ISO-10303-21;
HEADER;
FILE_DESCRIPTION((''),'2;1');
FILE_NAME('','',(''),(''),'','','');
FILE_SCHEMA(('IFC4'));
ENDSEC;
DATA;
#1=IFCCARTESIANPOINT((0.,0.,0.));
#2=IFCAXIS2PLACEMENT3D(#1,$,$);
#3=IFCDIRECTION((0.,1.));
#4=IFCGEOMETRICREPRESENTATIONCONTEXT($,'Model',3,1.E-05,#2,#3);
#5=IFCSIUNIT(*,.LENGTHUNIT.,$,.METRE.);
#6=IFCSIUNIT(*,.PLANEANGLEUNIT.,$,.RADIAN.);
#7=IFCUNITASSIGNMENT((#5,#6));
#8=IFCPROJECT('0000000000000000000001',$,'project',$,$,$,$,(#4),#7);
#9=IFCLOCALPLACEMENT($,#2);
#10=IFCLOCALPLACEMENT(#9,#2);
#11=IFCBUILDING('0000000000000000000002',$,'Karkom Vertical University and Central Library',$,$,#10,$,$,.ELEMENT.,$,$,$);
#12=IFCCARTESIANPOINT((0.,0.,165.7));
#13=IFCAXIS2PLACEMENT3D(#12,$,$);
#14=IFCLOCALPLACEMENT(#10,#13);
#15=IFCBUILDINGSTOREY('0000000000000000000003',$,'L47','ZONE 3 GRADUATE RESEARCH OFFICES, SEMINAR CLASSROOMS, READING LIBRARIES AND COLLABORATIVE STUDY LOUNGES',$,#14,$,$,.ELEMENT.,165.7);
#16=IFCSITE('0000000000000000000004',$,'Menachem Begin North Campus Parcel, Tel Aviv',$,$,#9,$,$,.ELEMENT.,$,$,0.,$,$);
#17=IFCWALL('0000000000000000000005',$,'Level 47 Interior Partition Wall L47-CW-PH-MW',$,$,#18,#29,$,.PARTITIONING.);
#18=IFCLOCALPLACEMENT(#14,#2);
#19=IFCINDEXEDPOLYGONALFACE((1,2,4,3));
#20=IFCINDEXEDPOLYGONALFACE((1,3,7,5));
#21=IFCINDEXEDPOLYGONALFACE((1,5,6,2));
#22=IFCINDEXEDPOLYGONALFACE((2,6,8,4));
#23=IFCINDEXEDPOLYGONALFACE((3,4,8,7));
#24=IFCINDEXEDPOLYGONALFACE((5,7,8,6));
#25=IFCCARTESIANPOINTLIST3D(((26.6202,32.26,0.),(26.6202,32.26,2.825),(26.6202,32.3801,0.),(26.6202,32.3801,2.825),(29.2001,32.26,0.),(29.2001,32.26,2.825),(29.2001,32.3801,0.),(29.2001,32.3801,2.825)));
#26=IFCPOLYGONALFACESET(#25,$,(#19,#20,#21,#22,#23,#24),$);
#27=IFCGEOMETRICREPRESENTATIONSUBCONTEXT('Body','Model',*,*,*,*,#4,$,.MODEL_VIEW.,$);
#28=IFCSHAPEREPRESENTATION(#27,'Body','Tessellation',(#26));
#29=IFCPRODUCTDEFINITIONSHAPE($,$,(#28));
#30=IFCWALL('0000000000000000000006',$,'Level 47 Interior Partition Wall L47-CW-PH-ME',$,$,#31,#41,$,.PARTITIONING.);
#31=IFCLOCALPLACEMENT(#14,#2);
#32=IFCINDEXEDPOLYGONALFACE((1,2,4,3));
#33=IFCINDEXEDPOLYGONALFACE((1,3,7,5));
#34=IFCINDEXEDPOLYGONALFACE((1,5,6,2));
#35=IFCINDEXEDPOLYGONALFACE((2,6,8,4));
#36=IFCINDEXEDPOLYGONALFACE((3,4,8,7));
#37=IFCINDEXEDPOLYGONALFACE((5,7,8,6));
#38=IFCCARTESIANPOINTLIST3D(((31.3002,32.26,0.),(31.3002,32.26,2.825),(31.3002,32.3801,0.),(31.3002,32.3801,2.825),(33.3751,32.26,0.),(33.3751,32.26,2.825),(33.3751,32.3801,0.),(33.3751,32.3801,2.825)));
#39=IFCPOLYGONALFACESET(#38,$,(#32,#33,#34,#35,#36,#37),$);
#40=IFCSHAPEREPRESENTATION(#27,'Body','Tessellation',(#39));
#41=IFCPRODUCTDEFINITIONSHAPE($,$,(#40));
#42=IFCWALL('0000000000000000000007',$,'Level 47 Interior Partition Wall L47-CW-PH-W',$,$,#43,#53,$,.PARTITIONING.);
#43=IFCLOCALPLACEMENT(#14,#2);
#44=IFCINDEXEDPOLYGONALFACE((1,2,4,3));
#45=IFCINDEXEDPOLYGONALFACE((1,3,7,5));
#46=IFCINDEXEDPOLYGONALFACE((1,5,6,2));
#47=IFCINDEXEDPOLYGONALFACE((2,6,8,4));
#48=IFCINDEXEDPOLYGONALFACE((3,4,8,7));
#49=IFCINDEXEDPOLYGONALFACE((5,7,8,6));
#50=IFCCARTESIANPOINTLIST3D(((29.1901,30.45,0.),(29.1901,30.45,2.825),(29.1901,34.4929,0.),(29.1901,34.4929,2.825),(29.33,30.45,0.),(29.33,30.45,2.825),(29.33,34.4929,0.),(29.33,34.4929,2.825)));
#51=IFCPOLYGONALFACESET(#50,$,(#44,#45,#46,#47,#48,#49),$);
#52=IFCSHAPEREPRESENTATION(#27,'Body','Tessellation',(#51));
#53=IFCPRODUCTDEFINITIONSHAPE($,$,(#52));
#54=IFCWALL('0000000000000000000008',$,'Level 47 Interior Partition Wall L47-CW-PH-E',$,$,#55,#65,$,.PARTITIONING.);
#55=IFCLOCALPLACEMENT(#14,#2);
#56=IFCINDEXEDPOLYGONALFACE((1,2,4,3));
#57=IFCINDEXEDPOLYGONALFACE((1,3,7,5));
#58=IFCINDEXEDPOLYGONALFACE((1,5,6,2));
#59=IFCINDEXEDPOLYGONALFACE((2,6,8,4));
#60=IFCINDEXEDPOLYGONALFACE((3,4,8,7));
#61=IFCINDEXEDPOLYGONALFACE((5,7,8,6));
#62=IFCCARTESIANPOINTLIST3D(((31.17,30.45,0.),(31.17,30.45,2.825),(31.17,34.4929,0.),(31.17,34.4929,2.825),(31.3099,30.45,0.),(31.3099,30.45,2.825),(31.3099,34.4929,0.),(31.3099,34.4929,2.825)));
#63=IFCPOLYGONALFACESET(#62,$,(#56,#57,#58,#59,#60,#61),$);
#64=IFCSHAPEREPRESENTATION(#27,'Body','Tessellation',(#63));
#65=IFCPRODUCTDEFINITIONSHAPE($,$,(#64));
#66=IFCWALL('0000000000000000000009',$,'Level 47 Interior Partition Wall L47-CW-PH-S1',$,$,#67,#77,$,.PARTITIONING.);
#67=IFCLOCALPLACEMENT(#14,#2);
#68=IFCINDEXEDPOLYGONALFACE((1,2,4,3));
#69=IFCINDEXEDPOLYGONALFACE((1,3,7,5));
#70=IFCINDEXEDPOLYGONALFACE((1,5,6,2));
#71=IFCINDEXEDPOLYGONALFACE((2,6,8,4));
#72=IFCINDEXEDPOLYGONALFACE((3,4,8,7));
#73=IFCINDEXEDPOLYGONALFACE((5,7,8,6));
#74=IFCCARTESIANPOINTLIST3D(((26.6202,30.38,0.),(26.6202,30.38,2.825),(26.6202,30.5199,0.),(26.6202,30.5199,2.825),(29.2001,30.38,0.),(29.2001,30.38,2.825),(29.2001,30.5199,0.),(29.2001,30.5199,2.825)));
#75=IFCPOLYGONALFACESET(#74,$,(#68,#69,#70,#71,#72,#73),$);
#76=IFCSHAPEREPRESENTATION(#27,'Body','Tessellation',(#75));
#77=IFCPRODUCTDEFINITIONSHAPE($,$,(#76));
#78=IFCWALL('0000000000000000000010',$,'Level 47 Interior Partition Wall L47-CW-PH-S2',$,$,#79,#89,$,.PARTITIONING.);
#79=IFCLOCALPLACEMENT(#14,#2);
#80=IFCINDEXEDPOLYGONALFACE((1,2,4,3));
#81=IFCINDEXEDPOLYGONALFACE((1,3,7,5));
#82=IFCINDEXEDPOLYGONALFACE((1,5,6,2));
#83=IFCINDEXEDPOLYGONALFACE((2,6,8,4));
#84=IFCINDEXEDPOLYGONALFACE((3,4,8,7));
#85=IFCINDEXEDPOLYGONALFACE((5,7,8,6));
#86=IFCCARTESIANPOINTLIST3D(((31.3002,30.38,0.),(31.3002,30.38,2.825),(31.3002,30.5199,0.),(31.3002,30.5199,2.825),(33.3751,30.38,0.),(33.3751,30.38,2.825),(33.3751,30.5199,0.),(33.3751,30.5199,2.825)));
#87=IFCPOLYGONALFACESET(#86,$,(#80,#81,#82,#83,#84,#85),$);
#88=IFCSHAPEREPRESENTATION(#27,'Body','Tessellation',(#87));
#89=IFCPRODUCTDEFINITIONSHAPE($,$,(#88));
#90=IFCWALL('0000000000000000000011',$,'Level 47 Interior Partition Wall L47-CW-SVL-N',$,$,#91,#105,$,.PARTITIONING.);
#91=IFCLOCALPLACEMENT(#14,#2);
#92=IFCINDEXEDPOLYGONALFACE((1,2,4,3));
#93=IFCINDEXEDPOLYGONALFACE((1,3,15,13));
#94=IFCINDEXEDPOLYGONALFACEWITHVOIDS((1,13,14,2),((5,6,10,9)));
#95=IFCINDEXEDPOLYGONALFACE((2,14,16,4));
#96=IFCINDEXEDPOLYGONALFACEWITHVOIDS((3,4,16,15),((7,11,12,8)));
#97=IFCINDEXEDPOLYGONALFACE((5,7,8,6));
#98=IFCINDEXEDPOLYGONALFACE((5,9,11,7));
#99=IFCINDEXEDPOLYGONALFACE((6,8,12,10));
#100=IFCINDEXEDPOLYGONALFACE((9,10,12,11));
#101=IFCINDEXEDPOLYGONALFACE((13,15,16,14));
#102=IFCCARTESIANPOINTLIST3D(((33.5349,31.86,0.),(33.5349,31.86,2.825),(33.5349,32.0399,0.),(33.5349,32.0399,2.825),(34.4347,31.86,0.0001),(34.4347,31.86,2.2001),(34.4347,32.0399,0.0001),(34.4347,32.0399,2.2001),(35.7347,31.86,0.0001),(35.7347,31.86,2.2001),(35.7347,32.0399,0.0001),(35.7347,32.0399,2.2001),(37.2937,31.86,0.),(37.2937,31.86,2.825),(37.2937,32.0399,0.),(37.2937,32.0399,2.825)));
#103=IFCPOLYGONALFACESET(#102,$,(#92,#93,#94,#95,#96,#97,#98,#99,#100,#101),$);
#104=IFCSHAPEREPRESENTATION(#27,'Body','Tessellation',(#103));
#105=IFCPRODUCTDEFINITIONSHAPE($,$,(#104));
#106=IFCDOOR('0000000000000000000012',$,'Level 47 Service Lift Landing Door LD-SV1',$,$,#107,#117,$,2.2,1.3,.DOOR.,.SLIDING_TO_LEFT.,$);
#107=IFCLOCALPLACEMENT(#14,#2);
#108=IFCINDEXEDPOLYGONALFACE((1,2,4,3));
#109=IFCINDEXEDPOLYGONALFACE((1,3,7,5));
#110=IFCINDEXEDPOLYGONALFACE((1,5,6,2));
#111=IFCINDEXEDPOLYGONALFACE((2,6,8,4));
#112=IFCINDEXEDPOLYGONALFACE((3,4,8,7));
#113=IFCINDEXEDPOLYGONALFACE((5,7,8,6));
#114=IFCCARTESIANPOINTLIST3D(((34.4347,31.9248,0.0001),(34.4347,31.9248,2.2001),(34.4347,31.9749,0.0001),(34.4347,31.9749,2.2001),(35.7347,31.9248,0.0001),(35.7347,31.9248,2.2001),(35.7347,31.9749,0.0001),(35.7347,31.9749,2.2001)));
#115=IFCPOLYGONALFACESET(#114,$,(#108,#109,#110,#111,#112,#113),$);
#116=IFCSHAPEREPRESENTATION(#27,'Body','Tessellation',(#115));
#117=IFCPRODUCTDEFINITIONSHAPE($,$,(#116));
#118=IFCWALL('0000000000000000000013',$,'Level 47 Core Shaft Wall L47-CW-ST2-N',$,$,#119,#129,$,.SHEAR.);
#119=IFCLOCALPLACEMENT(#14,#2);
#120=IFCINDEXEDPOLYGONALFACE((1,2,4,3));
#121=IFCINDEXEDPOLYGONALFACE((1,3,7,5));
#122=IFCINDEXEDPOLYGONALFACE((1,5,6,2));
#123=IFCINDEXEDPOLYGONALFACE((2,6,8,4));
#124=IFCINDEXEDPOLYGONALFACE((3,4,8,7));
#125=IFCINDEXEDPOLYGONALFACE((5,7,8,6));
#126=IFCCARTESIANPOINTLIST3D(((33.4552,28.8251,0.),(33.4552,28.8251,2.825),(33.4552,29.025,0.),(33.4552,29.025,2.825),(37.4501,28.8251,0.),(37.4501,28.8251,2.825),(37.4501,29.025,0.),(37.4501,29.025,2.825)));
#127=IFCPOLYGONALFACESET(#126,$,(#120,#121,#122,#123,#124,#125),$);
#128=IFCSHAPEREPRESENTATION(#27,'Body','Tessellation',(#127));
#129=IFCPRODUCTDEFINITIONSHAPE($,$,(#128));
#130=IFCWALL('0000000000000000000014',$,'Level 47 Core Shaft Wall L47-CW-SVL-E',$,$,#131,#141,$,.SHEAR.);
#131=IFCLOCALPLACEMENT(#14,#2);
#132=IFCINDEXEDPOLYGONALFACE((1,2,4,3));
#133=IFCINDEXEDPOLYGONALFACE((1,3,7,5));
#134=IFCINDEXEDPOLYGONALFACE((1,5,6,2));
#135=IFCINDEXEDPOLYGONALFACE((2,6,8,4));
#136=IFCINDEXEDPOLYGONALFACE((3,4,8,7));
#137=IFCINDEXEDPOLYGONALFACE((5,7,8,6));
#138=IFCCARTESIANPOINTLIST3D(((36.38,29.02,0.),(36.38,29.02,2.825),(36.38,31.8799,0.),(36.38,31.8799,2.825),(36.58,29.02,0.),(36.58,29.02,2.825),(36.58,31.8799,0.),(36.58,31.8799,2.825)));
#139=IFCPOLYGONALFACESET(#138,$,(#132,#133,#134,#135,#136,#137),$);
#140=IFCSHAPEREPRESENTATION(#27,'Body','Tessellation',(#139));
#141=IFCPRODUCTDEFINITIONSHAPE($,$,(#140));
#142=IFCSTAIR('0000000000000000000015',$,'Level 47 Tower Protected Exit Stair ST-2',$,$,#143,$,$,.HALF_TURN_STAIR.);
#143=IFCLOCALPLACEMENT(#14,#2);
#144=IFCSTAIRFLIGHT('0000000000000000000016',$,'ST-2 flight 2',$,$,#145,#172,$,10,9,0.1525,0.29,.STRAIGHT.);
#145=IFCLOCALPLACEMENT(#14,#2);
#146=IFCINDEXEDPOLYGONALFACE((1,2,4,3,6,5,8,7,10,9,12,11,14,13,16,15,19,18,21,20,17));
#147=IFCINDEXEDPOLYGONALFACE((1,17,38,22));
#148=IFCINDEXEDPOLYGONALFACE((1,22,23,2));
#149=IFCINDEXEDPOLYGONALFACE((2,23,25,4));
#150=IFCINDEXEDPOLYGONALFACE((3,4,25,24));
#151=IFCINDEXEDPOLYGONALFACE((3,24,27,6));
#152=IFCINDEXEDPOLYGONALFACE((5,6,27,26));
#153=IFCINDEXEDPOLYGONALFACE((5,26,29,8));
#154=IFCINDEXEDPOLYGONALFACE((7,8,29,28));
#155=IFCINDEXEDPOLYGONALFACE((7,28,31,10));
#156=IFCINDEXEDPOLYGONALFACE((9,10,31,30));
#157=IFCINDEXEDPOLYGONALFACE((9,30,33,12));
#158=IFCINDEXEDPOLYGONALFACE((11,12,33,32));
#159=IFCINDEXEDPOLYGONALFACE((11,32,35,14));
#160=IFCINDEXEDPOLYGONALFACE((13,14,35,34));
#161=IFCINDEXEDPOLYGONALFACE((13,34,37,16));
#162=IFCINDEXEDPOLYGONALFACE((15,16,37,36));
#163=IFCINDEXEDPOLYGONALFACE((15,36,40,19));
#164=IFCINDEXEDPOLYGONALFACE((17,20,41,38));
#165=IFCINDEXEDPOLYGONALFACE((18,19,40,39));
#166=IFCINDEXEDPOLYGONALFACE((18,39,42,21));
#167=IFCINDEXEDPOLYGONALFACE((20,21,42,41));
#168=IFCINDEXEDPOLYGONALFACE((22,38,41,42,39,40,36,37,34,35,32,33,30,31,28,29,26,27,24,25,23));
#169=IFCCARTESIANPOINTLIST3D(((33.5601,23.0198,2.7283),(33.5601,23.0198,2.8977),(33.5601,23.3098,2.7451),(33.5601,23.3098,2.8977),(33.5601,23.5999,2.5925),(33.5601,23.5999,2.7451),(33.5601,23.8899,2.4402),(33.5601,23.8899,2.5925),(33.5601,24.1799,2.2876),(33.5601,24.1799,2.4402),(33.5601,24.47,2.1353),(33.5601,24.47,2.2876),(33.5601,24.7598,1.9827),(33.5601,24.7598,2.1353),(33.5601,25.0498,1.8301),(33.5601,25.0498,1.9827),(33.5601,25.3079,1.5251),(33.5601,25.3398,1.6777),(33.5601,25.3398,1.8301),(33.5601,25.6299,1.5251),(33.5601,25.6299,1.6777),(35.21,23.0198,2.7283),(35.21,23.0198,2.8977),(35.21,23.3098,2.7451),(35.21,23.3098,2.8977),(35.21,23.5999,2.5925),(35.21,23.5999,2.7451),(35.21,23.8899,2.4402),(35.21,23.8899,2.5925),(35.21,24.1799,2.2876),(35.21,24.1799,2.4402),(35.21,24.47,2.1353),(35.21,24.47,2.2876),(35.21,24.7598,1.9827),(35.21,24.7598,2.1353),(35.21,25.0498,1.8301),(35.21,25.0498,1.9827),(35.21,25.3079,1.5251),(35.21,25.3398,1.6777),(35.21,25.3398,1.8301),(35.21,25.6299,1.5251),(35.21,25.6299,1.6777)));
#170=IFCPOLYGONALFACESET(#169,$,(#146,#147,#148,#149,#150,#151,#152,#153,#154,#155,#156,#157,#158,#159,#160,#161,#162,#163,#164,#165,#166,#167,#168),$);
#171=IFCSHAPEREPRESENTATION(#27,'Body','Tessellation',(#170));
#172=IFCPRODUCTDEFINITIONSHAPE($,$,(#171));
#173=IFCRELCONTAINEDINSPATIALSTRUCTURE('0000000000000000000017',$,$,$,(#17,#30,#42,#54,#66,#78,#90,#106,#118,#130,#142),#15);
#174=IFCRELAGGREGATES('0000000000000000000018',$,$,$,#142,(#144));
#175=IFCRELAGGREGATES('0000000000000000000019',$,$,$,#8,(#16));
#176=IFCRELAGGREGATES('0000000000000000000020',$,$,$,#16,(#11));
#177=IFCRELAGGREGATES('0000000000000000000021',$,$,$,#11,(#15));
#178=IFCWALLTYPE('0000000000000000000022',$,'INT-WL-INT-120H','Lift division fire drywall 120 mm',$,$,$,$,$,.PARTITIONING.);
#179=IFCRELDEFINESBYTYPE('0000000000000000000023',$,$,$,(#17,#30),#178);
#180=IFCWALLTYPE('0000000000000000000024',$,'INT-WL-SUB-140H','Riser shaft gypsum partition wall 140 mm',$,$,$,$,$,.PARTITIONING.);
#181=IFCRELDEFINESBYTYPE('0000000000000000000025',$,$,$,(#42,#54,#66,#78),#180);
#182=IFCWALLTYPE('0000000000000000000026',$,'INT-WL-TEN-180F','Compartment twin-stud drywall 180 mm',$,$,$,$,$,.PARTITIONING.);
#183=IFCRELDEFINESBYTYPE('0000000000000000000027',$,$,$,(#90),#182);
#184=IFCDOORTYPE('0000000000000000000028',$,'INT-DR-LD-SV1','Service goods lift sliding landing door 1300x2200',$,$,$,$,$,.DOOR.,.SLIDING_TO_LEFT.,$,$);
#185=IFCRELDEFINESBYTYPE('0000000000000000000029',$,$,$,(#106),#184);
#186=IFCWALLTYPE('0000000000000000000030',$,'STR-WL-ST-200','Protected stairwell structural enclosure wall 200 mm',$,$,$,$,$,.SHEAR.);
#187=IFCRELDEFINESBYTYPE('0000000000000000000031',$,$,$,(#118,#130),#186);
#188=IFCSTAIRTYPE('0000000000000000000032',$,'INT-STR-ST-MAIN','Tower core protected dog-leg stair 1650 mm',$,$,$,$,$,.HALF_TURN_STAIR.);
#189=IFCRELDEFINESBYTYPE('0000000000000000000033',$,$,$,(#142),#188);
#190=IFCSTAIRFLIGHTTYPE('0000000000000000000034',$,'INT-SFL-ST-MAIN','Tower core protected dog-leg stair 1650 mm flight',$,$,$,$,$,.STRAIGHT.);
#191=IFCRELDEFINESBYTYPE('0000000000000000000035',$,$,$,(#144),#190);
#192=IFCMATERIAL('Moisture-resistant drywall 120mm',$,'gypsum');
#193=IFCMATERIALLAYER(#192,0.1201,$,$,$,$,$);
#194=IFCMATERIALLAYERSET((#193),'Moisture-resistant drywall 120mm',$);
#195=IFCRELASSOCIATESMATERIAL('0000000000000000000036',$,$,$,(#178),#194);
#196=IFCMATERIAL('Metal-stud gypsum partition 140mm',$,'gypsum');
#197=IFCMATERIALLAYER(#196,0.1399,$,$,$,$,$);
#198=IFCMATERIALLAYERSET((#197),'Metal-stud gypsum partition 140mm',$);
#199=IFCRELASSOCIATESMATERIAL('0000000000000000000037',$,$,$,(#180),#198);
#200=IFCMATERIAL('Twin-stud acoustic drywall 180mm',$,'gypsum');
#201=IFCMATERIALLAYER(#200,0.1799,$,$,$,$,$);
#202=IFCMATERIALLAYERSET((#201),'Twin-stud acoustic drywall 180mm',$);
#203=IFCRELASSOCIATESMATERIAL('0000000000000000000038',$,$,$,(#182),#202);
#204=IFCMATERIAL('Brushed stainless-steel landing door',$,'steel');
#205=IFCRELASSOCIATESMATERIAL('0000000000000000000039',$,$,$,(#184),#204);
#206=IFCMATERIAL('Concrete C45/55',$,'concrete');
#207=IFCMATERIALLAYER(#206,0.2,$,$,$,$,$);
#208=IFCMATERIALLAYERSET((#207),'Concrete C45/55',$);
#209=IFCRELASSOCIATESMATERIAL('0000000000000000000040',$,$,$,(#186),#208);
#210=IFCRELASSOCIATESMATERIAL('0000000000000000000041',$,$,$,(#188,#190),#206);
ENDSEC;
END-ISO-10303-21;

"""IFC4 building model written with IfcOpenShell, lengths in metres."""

from ifc_helpers import new_model, si_unit, direction, frame, frame_2d, origin, origin_with_axes, place, context, subcontext, project, spatial, polyline, rectangle, outline, extrude, source, transform, mapped, material, layer, layer_set, type_object, element, fill, aggregate, save


model = new_model("IFC4")

# Units and contexts
model_context = context("Model", 3, precision=1e-05, world=origin(), true_north=direction((0.0, 1.0)))
body_context = subcontext(model_context, "Body", "Model", "MODEL_VIEW")
ifc_project = project(units=[si_unit("LENGTHUNIT", "METRE"), si_unit("PLANEANGLEUNIT", "RADIAN")], contexts=[model_context])

# Site, building, storey
site_placement = place(None, origin())
site = spatial("IfcSite", under=ifc_project, at=site_placement, Name="Menachem Begin North Campus Parcel, Tel Aviv", CompositionType="ELEMENT", RefElevation=0.0)
building_placement = place(site_placement, origin())
building = spatial("IfcBuilding", under=site, at=building_placement, Name="Karkom Vertical University and Central Library", CompositionType="ELEMENT")
storey_placement = place(building_placement, frame((0.0, 0.0, 165.7)))
storey = spatial("IfcBuildingStorey", under=building, at=storey_placement, Name="L47", Description="ZONE 3 GRADUATE RESEARCH OFFICES, SEMINAR CLASSROOMS, READING LIBRARIES AND COLLABORATIVE STUDY LOUNGES", CompositionType="ELEMENT", Elevation=165.7)

# Walls
ifc_material_1 = material(Name="Moisture-resistant drywall 120mm", Category="gypsum")
ifc_layer_1 = layer(ifc_material_1, 0.1201)
ifc_layer_set_1 = layer_set([ifc_layer_1], Name="Moisture-resistant drywall 120mm")
wall_type_1 = type_object("IfcWallType", Name="INT-WL-INT-120H", Description="Lift division fire drywall 120 mm", PredefinedType="PARTITIONING", material=ifc_layer_set_1)
wall_1_placement = place(storey_placement, frame((26.6201, 32.3201, 0.0), z_axis=(0.0, 0.0, 1.0), x_axis=(1.0, 0.0, 0.0)))
element("IfcWall", 1, at=wall_1_placement, inside=storey, type_object=wall_type_1, Name="Level 47 Interior Partition Wall L47-CW-PH-MW", PredefinedType="PARTITIONING", context=body_context, shape_type="SweptSolid", body=[
    extrude(rectangle(XDim=2.5798, YDim=0.1201, at=frame_2d((1.29, 0.0))), origin(), (0.0, 0.0, 1.0), 2.825),
])
wall_2_placement = place(storey_placement, frame((31.3, 32.3201, 0.0), z_axis=(0.0, 0.0, 1.0), x_axis=(1.0, 0.0, 0.0)))
element("IfcWall", 2, at=wall_2_placement, inside=storey, type_object=wall_type_1, Name="Level 47 Interior Partition Wall L47-CW-PH-ME", PredefinedType="PARTITIONING", context=body_context, shape_type="SweptSolid", body=[
    extrude(rectangle(XDim=2.075, YDim=0.1201, at=frame_2d((1.0376, 0.0))), origin(), (0.0, 0.0, 1.0), 2.825),
])
ifc_material_2 = material(Name="Metal-stud gypsum partition 140mm", Category="gypsum")
ifc_layer_2 = layer(ifc_material_2, 0.1399)
ifc_layer_set_2 = layer_set([ifc_layer_2], Name="Metal-stud gypsum partition 140mm")
wall_type_2 = type_object("IfcWallType", Name="INT-WL-SUB-140H", Description="Riser shaft gypsum partition wall 140 mm", PredefinedType="PARTITIONING", material=ifc_layer_set_2)
for number, where, z_axis, x_axis, name in (
    (3, (29.26, 30.45, 0.0), (0.0, 0.0, 1.0), (0.0, 1.0, 0.0), "Level 47 Interior Partition Wall L47-CW-PH-W"),
    (4, (31.24, 30.45, 0.0), (0.0, 0.0, 1.0), (0.0, 1.0, 0.0), "Level 47 Interior Partition Wall L47-CW-PH-E"),
):
    element("IfcWall", number, at=place(storey_placement, frame(where, z_axis=z_axis, x_axis=x_axis)), inside=storey, type_object=wall_type_2, Name=name, PredefinedType="PARTITIONING", context=body_context, shape_type="SweptSolid", body=[
        extrude(rectangle(XDim=4.043, YDim=0.1399, at=frame_2d((2.0215, 0.0))), origin(), (0.0, 0.0, 1.0), 2.825),
    ])
wall_3_placement = place(storey_placement, frame((26.6201, 30.45, 0.0), z_axis=(0.0, 0.0, 1.0), x_axis=(1.0, 0.0, 0.0)))
element("IfcWall", 5, at=wall_3_placement, inside=storey, type_object=wall_type_2, Name="Level 47 Interior Partition Wall L47-CW-PH-S1", PredefinedType="PARTITIONING", context=body_context, shape_type="SweptSolid", body=[
    extrude(rectangle(XDim=2.5798, YDim=0.1399, at=frame_2d((1.29, 0.0))), origin(), (0.0, 0.0, 1.0), 2.825),
])
wall_4_placement = place(storey_placement, frame((31.3, 30.45, 0.0), z_axis=(0.0, 0.0, 1.0), x_axis=(1.0, 0.0, 0.0)))
element("IfcWall", 6, at=wall_4_placement, inside=storey, type_object=wall_type_2, Name="Level 47 Interior Partition Wall L47-CW-PH-S2", PredefinedType="PARTITIONING", context=body_context, shape_type="SweptSolid", body=[
    extrude(rectangle(XDim=2.075, YDim=0.1399, at=frame_2d((1.0376, 0.0))), origin(), (0.0, 0.0, 1.0), 2.825),
])

# Wall, opening, door
ifc_material_3 = material(Name="Twin-stud acoustic drywall 180mm", Category="gypsum")
ifc_layer_3 = layer(ifc_material_3, 0.1799)
ifc_layer_set_3 = layer_set([ifc_layer_3], Name="Twin-stud acoustic drywall 180mm")
wall_type_3 = type_object("IfcWallType", Name="INT-WL-TEN-180F", Description="Compartment twin-stud drywall 180 mm", PredefinedType="PARTITIONING", material=ifc_layer_set_3)
wall_5_placement = place(storey_placement, frame((33.5349, 31.95, 0.0), z_axis=(0.0, 0.0, 1.0), x_axis=(1.0, 0.0, 0.0)))
wall_5 = element("IfcWall", 7, at=wall_5_placement, inside=storey, type_object=wall_type_3, Name="Level 47 Interior Partition Wall L47-CW-SVL-N", PredefinedType="PARTITIONING", context=body_context, shape_type="SweptSolid", body=[
    extrude(rectangle(XDim=3.7588, YDim=0.1799, at=frame_2d((1.8794, 0.0))), origin(), (0.0, 0.0, 1.0), 2.825),
])
opening_1_placement = place(wall_5_placement, frame((0.8999, 0.0, 0.0)))
opening_1 = element("IfcOpeningElement", 8, at=opening_1_placement, cuts=wall_5, PredefinedType="OPENING", context=body_context, shape_type="SweptSolid", body=[
    extrude(rectangle(XDim=1.3, YDim=2.2, at=frame_2d((0.6499, 1.1001))), frame((0.0, 0.1001, 0.0), z_axis=(0.0, -1.0, 0.0), x_axis=(1.0, 0.0, 0.0)), (0.0, 0.0, 1.0), 0.2),
])
ifc_material_4 = material(Name="Brushed stainless-steel landing door", Category="steel")
door_type_1 = type_object("IfcDoorType", Name="INT-DR-LD-SV1", Description="Service goods lift sliding landing door 1300x2200", OperationType="SLIDING_TO_LEFT", PredefinedType="DOOR", material=ifc_material_4)
shared_shape_1 = source(origin_with_axes(), body_context, "Body", "SweptSolid", [
    extrude(rectangle(XDim=1.3, YDim=2.2, at=frame_2d((0.6499, 1.1001))), frame((0.0, 0.0249, 0.0), z_axis=(0.0, -1.0, 0.0), x_axis=(1.0, 0.0, 0.0)), (0.0, 0.0, 1.0), 0.05),
])
door_1_placement = place(opening_1_placement, origin())
door_1 = element("IfcDoor", 9, at=door_1_placement, inside=storey, type_object=door_type_1, Name="Level 47 Service Lift Landing Door LD-SV1", OperationType="SLIDING_TO_LEFT", OverallHeight=2.2, OverallWidth=1.3, PredefinedType="DOOR", context=body_context, shape_type="MappedRepresentation", body=[
    mapped(shared_shape_1, transform((0.0, 0.0, 0.0), scale=1.0)),
])
fill(opening_1, door_1)

# Walls
ifc_material_5 = material(Name="Concrete C45/55", Category="concrete")
ifc_layer_4 = layer(ifc_material_5, 0.2)
ifc_layer_set_4 = layer_set([ifc_layer_4], Name="Concrete C45/55")
wall_type_4 = type_object("IfcWallType", Name="STR-WL-ST-200", Description="Protected stairwell structural enclosure wall 200 mm", PredefinedType="SHEAR", material=ifc_layer_set_4)
wall_6_placement = place(storey_placement, frame((33.4551, 28.925, 0.0), z_axis=(0.0, 0.0, 1.0), x_axis=(1.0, 0.0, 0.0)))
element("IfcWall", 10, at=wall_6_placement, inside=storey, type_object=wall_type_4, Name="Level 47 Core Shaft Wall L47-CW-ST2-N", PredefinedType="SHEAR", context=body_context, shape_type="SweptSolid", body=[
    extrude(rectangle(XDim=3.9949, YDim=0.2, at=frame_2d((1.9976, 0.0))), origin(), (0.0, 0.0, 1.0), 2.825),
])
wall_7_placement = place(storey_placement, frame((36.48, 29.02, 0.0), z_axis=(0.0, 0.0, 1.0), x_axis=(0.0, 1.0, 0.0)))
element("IfcWall", 11, at=wall_7_placement, inside=storey, type_object=wall_type_4, Name="Level 47 Core Shaft Wall L47-CW-SVL-E", PredefinedType="SHEAR", context=body_context, shape_type="SweptSolid", body=[
    extrude(rectangle(XDim=2.8599, YDim=0.2, at=frame_2d((1.4299, 0.0))), origin(), (0.0, 0.0, 1.0), 2.825),
])

# Stair, stair flight
stair_type = type_object("IfcStairType", Name="INT-STR-ST-MAIN", Description="Tower core protected dog-leg stair 1650 mm", PredefinedType="HALF_TURN_STAIR", material=ifc_material_5)
stair_placement = place(storey_placement, origin())
stair = element("IfcStair", 12, at=stair_placement, inside=storey, type_object=stair_type, Name="Level 47 Tower Protected Exit Stair ST-2", PredefinedType="HALF_TURN_STAIR")
stair_flight_type = type_object("IfcStairFlightType", Name="INT-SFL-ST-MAIN", Description="Tower core protected dog-leg stair 1650 mm flight", PredefinedType="STRAIGHT", material=ifc_material_5)
stair_flight_placement = place(storey_placement, frame((34.385, 25.6299, 1.5251), z_axis=(0.0, 0.0, 1.0), x_axis=(0.0, -1.0, 0.0)))
stair_flight = element("IfcStairFlight", 13, at=stair_flight_placement, type_object=stair_flight_type, Name="ST-2 flight 2", NumberOfRisers=10, NumberOfTreads=9, PredefinedType="STRAIGHT", RiserHeight=0.1525, TreadLength=0.29, context=body_context, shape_type="SweptSolid", body=[
    extrude(outline(polyline([(0.0, 0.0), (0.0, 0.1526), (0.29, 0.1526), (0.29, 0.3049), (0.5801, 0.3049), (0.5801, 0.4575), (0.8701, 0.4575), (0.8701, 0.6101), (1.1599, 0.6101), (1.1599, 0.7625), (1.45, 0.7625), (1.45, 0.915), (1.74, 0.915), (1.74, 1.0674), (2.03, 1.0674), (2.03, 1.22), (2.3201, 1.22), (2.3201, 1.3726), (2.6101, 1.3726), (2.6101, 1.5249), (2.6101, 1.2031), (0.322, 0.0), (0.0, 0.0)])), frame((0.0, 0.825, 0.0), z_axis=(0.0, -1.0, 0.0), x_axis=(1.0, 0.0, 0.0)), (0.0, 0.0, 1.0), 1.6499),
])
aggregate(stair, [stair_flight])

save(model, "model.ifc")
